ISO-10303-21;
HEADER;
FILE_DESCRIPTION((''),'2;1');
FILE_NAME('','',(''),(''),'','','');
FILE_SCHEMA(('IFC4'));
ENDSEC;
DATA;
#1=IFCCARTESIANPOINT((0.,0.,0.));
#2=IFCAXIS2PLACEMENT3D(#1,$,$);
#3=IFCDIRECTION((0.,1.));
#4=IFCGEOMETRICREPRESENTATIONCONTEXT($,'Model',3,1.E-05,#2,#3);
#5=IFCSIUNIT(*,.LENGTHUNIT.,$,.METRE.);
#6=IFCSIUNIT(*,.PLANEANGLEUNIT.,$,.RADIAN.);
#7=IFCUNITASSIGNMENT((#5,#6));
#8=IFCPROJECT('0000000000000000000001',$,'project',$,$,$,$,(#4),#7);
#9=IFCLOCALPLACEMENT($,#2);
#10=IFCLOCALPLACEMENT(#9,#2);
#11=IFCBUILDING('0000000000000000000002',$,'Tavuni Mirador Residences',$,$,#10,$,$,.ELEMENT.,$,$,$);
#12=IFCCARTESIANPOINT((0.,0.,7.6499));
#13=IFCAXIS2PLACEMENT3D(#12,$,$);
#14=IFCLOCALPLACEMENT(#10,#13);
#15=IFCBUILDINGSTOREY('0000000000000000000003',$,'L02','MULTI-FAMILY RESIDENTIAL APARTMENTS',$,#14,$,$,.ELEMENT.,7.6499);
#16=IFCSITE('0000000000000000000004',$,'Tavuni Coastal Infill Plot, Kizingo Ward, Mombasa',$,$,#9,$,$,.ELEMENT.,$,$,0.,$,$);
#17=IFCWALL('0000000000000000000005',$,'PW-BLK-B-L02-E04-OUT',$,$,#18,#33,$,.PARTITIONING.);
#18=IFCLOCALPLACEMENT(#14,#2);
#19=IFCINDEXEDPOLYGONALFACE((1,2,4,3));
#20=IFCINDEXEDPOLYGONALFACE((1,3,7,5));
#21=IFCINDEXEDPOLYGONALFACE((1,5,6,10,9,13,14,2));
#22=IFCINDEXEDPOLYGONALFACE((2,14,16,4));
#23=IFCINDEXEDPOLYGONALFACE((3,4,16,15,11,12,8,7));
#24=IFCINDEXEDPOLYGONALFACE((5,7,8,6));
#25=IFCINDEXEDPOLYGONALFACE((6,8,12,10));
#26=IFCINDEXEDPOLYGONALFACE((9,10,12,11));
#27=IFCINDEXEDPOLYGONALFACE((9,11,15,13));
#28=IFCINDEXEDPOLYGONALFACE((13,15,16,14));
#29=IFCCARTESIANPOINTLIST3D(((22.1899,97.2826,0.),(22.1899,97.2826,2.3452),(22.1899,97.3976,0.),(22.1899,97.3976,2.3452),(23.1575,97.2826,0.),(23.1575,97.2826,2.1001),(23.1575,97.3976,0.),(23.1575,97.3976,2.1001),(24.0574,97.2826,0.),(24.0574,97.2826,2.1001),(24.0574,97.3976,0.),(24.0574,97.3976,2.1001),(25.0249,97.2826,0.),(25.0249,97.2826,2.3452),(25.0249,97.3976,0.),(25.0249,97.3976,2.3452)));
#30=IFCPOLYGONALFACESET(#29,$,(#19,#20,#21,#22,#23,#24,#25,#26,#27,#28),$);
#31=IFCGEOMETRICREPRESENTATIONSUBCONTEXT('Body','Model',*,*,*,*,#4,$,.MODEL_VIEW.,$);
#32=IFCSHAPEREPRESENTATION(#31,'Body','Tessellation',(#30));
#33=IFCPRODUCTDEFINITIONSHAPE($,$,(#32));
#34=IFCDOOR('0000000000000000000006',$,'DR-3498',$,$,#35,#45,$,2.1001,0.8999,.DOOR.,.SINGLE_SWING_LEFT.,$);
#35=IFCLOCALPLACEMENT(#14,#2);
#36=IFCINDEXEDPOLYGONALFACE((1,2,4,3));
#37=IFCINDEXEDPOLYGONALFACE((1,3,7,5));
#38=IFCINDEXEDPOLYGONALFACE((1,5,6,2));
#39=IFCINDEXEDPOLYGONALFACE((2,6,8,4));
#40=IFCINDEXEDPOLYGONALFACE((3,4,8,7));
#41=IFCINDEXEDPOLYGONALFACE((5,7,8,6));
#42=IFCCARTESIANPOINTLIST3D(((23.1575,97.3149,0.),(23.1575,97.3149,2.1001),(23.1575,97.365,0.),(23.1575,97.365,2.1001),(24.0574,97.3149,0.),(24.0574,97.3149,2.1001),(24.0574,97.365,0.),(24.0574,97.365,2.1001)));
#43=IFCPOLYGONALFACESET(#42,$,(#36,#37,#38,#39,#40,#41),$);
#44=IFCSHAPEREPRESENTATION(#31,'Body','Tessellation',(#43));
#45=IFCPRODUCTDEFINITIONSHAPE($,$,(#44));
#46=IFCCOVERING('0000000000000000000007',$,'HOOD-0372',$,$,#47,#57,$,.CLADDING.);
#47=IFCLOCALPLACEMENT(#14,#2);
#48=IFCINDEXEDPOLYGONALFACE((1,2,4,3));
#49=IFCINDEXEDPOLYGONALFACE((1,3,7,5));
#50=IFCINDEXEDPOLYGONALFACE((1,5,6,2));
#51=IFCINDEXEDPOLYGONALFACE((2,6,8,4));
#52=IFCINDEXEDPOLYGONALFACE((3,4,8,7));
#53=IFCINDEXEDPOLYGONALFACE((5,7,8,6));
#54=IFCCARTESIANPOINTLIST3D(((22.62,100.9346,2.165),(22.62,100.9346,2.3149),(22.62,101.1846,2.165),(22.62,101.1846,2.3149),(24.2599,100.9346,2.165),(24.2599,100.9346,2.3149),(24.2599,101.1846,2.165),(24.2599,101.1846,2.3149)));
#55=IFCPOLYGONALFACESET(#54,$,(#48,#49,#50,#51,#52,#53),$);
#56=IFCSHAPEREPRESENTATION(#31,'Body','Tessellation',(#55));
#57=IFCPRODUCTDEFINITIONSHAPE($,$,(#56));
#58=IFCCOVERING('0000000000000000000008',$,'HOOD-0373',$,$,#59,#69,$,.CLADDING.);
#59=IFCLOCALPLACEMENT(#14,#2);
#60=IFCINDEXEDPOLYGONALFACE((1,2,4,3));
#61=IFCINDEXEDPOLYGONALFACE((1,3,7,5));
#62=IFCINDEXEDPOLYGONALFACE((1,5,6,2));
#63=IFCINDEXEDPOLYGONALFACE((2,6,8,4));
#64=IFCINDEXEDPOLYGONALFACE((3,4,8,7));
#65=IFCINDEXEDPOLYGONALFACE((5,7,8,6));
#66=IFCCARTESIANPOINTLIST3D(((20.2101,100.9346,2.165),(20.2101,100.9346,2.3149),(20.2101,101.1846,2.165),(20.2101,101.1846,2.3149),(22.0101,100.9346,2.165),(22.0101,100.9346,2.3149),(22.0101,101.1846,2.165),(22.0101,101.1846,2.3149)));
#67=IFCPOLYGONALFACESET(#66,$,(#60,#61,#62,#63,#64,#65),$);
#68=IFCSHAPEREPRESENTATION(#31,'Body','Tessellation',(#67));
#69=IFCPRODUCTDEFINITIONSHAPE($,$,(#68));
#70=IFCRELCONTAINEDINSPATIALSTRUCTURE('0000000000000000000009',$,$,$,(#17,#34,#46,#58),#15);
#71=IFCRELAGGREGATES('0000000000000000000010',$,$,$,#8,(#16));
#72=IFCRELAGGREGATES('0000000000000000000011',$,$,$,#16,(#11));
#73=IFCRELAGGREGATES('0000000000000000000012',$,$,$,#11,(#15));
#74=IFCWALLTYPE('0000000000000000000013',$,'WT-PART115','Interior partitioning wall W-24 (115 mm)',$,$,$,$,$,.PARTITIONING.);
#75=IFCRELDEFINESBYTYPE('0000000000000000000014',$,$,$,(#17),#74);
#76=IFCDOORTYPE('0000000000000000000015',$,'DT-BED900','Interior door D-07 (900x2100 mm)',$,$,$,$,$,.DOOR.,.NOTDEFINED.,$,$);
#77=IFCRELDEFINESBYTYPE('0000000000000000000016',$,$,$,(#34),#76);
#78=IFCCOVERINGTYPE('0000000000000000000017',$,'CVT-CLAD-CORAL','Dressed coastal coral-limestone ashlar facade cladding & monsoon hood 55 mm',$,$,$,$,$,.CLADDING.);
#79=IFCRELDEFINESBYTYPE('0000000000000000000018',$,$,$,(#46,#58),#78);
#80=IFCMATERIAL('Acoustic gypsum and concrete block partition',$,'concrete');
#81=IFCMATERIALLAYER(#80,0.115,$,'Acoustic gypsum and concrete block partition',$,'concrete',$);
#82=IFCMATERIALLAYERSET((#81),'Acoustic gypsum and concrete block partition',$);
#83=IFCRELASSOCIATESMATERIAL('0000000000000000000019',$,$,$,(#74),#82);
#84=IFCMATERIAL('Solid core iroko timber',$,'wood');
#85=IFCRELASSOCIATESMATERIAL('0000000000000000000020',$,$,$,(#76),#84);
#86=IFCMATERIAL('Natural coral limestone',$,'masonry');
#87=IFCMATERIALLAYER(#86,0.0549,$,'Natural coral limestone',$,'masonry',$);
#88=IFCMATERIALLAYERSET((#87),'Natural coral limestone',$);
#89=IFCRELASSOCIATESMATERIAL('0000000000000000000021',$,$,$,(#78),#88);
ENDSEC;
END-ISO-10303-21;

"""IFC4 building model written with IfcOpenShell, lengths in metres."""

from ifc_helpers import new_model, si_unit, direction, frame, frame_2d, origin, origin_2d, place, context, subcontext, project, spatial, rectangle, extrude, material, layer, layer_set, type_object, element, fill, save


model = new_model("IFC4")

# Units and contexts
model_context = context("Model", 3, precision=1e-05, world=origin(), true_north=direction((0.0, 1.0)))
body_context = subcontext(model_context, "Body", "Model", "MODEL_VIEW")
ifc_project = project(units=[si_unit("LENGTHUNIT", "METRE"), si_unit("PLANEANGLEUNIT", "RADIAN")], contexts=[model_context])

# Site, building, storey
site_placement = place(None, origin())
site = spatial("IfcSite", under=ifc_project, at=site_placement, Name="Tavuni Coastal Infill Plot, Kizingo Ward, Mombasa", CompositionType="ELEMENT", RefElevation=0.0)
building_placement = place(site_placement, origin())
building = spatial("IfcBuilding", under=site, at=building_placement, Name="Tavuni Mirador Residences", CompositionType="ELEMENT")
storey_placement = place(building_placement, frame((0.0, 0.0, 7.6499)))
storey = spatial("IfcBuildingStorey", under=building, at=storey_placement, Name="L02", Description="MULTI-FAMILY RESIDENTIAL APARTMENTS", CompositionType="ELEMENT", Elevation=7.6499)

# Wall, opening, door
ifc_material_1 = material(Name="Acoustic gypsum and concrete block partition", Category="concrete")
ifc_material_2 = material(Name="Solid core iroko timber", Category="wood")
ifc_layer_1 = layer(ifc_material_1, 0.115, Name="Acoustic gypsum and concrete block partition", Category="concrete")
ifc_layer_set_1 = layer_set([ifc_layer_1], Name="Acoustic gypsum and concrete block partition")
wall_type_1 = type_object("IfcWallType", Name="WT-PART115", Description="Interior partitioning wall W-24 (115 mm)", PredefinedType="PARTITIONING", material=ifc_layer_set_1)
wall_1_placement = place(storey_placement, frame((22.1899, 97.3401, 0.0), z_axis=(0.0, 0.0, 1.0), x_axis=(1.0, 0.0, 0.0)))
wall_1 = element("IfcWall", 1, at=wall_1_placement, inside=storey, type_object=wall_type_1, Name="PW-BLK-B-L02-E04-OUT", PredefinedType="PARTITIONING", context=body_context, shape_type="SweptSolid", body=[
    extrude(rectangle(XDim=2.835, YDim=0.115, at=frame_2d((1.4175, 0.0))), origin(), (0.0, 0.0, 1.0), 2.3452),
])
opening_1_placement = place(wall_1_placement, frame((0.9675, 0.0, 0.0)))
opening_1 = element("IfcOpeningElement", 2, at=opening_1_placement, cuts=wall_1, PredefinedType="OPENING", context=body_context, shape_type="SweptSolid", body=[
    extrude(rectangle(XDim=0.8999, YDim=2.1001, at=frame_2d((0.45, 1.05))), frame((0.0, 0.0674, 0.0), z_axis=(0.0, -1.0, 0.0), x_axis=(1.0, 0.0, 0.0)), (0.0, 0.0, 1.0), 0.135),
])
door_type_1 = type_object("IfcDoorType", Name="DT-BED900", Description="Interior door D-07 (900x2100 mm)", OperationType="NOTDEFINED", PredefinedType="DOOR", material=ifc_material_2)
door_1_placement = place(opening_1_placement, origin())
door_1 = element("IfcDoor", 3, at=door_1_placement, inside=storey, type_object=door_type_1, Name="DR-3498", OperationType="SINGLE_SWING_LEFT", OverallHeight=2.1001, OverallWidth=0.8999, PredefinedType="DOOR", context=body_context, shape_type="SweptSolid", body=[
    extrude(rectangle(XDim=0.8999, YDim=2.1001, at=frame_2d((0.45, 1.05))), frame((0.0, 0.0249, 0.0), z_axis=(0.0, -1.0, 0.0), x_axis=(1.0, 0.0, 0.0)), (0.0, 0.0, 1.0), 0.05),
])
fill(opening_1, door_1)

# Coverings
ifc_material_3 = material(Name="Natural coral limestone", Category="masonry")
ifc_layer_2 = layer(ifc_material_3, 0.0549, Name="Natural coral limestone", Category="masonry")
ifc_layer_set_2 = layer_set([ifc_layer_2], Name="Natural coral limestone")
covering_type = type_object("IfcCoveringType", Name="CVT-CLAD-CORAL", Description="Dressed coastal coral-limestone ashlar facade cladding & monsoon hood 55 mm", PredefinedType="CLADDING", material=ifc_layer_set_2)
covering_1_placement = place(storey_placement, frame((23.4399, 101.0596, 2.165), z_axis=(0.0, 0.0, 1.0), x_axis=(-1.0, 0.0, 0.0)))
element("IfcCovering", 4, at=covering_1_placement, inside=storey, type_object=covering_type, Name="HOOD-0372", PredefinedType="CLADDING", context=body_context, shape_type="SweptSolid", body=[
    extrude(rectangle(XDim=1.6399, YDim=0.25, at=origin_2d()), origin(), (0.0, 0.0, 1.0), 0.1499),
])
covering_2_placement = place(storey_placement, frame((21.1101, 101.0596, 2.165), z_axis=(0.0, 0.0, 1.0), x_axis=(-1.0, 0.0, 0.0)))
element("IfcCovering", 5, at=covering_2_placement, inside=storey, type_object=covering_type, Name="HOOD-0373", PredefinedType="CLADDING", context=body_context, shape_type="SweptSolid", body=[
    extrude(rectangle(XDim=1.8, YDim=0.25, at=origin_2d()), origin(), (0.0, 0.0, 1.0), 0.1499),
])

save(model, "model.ifc")
